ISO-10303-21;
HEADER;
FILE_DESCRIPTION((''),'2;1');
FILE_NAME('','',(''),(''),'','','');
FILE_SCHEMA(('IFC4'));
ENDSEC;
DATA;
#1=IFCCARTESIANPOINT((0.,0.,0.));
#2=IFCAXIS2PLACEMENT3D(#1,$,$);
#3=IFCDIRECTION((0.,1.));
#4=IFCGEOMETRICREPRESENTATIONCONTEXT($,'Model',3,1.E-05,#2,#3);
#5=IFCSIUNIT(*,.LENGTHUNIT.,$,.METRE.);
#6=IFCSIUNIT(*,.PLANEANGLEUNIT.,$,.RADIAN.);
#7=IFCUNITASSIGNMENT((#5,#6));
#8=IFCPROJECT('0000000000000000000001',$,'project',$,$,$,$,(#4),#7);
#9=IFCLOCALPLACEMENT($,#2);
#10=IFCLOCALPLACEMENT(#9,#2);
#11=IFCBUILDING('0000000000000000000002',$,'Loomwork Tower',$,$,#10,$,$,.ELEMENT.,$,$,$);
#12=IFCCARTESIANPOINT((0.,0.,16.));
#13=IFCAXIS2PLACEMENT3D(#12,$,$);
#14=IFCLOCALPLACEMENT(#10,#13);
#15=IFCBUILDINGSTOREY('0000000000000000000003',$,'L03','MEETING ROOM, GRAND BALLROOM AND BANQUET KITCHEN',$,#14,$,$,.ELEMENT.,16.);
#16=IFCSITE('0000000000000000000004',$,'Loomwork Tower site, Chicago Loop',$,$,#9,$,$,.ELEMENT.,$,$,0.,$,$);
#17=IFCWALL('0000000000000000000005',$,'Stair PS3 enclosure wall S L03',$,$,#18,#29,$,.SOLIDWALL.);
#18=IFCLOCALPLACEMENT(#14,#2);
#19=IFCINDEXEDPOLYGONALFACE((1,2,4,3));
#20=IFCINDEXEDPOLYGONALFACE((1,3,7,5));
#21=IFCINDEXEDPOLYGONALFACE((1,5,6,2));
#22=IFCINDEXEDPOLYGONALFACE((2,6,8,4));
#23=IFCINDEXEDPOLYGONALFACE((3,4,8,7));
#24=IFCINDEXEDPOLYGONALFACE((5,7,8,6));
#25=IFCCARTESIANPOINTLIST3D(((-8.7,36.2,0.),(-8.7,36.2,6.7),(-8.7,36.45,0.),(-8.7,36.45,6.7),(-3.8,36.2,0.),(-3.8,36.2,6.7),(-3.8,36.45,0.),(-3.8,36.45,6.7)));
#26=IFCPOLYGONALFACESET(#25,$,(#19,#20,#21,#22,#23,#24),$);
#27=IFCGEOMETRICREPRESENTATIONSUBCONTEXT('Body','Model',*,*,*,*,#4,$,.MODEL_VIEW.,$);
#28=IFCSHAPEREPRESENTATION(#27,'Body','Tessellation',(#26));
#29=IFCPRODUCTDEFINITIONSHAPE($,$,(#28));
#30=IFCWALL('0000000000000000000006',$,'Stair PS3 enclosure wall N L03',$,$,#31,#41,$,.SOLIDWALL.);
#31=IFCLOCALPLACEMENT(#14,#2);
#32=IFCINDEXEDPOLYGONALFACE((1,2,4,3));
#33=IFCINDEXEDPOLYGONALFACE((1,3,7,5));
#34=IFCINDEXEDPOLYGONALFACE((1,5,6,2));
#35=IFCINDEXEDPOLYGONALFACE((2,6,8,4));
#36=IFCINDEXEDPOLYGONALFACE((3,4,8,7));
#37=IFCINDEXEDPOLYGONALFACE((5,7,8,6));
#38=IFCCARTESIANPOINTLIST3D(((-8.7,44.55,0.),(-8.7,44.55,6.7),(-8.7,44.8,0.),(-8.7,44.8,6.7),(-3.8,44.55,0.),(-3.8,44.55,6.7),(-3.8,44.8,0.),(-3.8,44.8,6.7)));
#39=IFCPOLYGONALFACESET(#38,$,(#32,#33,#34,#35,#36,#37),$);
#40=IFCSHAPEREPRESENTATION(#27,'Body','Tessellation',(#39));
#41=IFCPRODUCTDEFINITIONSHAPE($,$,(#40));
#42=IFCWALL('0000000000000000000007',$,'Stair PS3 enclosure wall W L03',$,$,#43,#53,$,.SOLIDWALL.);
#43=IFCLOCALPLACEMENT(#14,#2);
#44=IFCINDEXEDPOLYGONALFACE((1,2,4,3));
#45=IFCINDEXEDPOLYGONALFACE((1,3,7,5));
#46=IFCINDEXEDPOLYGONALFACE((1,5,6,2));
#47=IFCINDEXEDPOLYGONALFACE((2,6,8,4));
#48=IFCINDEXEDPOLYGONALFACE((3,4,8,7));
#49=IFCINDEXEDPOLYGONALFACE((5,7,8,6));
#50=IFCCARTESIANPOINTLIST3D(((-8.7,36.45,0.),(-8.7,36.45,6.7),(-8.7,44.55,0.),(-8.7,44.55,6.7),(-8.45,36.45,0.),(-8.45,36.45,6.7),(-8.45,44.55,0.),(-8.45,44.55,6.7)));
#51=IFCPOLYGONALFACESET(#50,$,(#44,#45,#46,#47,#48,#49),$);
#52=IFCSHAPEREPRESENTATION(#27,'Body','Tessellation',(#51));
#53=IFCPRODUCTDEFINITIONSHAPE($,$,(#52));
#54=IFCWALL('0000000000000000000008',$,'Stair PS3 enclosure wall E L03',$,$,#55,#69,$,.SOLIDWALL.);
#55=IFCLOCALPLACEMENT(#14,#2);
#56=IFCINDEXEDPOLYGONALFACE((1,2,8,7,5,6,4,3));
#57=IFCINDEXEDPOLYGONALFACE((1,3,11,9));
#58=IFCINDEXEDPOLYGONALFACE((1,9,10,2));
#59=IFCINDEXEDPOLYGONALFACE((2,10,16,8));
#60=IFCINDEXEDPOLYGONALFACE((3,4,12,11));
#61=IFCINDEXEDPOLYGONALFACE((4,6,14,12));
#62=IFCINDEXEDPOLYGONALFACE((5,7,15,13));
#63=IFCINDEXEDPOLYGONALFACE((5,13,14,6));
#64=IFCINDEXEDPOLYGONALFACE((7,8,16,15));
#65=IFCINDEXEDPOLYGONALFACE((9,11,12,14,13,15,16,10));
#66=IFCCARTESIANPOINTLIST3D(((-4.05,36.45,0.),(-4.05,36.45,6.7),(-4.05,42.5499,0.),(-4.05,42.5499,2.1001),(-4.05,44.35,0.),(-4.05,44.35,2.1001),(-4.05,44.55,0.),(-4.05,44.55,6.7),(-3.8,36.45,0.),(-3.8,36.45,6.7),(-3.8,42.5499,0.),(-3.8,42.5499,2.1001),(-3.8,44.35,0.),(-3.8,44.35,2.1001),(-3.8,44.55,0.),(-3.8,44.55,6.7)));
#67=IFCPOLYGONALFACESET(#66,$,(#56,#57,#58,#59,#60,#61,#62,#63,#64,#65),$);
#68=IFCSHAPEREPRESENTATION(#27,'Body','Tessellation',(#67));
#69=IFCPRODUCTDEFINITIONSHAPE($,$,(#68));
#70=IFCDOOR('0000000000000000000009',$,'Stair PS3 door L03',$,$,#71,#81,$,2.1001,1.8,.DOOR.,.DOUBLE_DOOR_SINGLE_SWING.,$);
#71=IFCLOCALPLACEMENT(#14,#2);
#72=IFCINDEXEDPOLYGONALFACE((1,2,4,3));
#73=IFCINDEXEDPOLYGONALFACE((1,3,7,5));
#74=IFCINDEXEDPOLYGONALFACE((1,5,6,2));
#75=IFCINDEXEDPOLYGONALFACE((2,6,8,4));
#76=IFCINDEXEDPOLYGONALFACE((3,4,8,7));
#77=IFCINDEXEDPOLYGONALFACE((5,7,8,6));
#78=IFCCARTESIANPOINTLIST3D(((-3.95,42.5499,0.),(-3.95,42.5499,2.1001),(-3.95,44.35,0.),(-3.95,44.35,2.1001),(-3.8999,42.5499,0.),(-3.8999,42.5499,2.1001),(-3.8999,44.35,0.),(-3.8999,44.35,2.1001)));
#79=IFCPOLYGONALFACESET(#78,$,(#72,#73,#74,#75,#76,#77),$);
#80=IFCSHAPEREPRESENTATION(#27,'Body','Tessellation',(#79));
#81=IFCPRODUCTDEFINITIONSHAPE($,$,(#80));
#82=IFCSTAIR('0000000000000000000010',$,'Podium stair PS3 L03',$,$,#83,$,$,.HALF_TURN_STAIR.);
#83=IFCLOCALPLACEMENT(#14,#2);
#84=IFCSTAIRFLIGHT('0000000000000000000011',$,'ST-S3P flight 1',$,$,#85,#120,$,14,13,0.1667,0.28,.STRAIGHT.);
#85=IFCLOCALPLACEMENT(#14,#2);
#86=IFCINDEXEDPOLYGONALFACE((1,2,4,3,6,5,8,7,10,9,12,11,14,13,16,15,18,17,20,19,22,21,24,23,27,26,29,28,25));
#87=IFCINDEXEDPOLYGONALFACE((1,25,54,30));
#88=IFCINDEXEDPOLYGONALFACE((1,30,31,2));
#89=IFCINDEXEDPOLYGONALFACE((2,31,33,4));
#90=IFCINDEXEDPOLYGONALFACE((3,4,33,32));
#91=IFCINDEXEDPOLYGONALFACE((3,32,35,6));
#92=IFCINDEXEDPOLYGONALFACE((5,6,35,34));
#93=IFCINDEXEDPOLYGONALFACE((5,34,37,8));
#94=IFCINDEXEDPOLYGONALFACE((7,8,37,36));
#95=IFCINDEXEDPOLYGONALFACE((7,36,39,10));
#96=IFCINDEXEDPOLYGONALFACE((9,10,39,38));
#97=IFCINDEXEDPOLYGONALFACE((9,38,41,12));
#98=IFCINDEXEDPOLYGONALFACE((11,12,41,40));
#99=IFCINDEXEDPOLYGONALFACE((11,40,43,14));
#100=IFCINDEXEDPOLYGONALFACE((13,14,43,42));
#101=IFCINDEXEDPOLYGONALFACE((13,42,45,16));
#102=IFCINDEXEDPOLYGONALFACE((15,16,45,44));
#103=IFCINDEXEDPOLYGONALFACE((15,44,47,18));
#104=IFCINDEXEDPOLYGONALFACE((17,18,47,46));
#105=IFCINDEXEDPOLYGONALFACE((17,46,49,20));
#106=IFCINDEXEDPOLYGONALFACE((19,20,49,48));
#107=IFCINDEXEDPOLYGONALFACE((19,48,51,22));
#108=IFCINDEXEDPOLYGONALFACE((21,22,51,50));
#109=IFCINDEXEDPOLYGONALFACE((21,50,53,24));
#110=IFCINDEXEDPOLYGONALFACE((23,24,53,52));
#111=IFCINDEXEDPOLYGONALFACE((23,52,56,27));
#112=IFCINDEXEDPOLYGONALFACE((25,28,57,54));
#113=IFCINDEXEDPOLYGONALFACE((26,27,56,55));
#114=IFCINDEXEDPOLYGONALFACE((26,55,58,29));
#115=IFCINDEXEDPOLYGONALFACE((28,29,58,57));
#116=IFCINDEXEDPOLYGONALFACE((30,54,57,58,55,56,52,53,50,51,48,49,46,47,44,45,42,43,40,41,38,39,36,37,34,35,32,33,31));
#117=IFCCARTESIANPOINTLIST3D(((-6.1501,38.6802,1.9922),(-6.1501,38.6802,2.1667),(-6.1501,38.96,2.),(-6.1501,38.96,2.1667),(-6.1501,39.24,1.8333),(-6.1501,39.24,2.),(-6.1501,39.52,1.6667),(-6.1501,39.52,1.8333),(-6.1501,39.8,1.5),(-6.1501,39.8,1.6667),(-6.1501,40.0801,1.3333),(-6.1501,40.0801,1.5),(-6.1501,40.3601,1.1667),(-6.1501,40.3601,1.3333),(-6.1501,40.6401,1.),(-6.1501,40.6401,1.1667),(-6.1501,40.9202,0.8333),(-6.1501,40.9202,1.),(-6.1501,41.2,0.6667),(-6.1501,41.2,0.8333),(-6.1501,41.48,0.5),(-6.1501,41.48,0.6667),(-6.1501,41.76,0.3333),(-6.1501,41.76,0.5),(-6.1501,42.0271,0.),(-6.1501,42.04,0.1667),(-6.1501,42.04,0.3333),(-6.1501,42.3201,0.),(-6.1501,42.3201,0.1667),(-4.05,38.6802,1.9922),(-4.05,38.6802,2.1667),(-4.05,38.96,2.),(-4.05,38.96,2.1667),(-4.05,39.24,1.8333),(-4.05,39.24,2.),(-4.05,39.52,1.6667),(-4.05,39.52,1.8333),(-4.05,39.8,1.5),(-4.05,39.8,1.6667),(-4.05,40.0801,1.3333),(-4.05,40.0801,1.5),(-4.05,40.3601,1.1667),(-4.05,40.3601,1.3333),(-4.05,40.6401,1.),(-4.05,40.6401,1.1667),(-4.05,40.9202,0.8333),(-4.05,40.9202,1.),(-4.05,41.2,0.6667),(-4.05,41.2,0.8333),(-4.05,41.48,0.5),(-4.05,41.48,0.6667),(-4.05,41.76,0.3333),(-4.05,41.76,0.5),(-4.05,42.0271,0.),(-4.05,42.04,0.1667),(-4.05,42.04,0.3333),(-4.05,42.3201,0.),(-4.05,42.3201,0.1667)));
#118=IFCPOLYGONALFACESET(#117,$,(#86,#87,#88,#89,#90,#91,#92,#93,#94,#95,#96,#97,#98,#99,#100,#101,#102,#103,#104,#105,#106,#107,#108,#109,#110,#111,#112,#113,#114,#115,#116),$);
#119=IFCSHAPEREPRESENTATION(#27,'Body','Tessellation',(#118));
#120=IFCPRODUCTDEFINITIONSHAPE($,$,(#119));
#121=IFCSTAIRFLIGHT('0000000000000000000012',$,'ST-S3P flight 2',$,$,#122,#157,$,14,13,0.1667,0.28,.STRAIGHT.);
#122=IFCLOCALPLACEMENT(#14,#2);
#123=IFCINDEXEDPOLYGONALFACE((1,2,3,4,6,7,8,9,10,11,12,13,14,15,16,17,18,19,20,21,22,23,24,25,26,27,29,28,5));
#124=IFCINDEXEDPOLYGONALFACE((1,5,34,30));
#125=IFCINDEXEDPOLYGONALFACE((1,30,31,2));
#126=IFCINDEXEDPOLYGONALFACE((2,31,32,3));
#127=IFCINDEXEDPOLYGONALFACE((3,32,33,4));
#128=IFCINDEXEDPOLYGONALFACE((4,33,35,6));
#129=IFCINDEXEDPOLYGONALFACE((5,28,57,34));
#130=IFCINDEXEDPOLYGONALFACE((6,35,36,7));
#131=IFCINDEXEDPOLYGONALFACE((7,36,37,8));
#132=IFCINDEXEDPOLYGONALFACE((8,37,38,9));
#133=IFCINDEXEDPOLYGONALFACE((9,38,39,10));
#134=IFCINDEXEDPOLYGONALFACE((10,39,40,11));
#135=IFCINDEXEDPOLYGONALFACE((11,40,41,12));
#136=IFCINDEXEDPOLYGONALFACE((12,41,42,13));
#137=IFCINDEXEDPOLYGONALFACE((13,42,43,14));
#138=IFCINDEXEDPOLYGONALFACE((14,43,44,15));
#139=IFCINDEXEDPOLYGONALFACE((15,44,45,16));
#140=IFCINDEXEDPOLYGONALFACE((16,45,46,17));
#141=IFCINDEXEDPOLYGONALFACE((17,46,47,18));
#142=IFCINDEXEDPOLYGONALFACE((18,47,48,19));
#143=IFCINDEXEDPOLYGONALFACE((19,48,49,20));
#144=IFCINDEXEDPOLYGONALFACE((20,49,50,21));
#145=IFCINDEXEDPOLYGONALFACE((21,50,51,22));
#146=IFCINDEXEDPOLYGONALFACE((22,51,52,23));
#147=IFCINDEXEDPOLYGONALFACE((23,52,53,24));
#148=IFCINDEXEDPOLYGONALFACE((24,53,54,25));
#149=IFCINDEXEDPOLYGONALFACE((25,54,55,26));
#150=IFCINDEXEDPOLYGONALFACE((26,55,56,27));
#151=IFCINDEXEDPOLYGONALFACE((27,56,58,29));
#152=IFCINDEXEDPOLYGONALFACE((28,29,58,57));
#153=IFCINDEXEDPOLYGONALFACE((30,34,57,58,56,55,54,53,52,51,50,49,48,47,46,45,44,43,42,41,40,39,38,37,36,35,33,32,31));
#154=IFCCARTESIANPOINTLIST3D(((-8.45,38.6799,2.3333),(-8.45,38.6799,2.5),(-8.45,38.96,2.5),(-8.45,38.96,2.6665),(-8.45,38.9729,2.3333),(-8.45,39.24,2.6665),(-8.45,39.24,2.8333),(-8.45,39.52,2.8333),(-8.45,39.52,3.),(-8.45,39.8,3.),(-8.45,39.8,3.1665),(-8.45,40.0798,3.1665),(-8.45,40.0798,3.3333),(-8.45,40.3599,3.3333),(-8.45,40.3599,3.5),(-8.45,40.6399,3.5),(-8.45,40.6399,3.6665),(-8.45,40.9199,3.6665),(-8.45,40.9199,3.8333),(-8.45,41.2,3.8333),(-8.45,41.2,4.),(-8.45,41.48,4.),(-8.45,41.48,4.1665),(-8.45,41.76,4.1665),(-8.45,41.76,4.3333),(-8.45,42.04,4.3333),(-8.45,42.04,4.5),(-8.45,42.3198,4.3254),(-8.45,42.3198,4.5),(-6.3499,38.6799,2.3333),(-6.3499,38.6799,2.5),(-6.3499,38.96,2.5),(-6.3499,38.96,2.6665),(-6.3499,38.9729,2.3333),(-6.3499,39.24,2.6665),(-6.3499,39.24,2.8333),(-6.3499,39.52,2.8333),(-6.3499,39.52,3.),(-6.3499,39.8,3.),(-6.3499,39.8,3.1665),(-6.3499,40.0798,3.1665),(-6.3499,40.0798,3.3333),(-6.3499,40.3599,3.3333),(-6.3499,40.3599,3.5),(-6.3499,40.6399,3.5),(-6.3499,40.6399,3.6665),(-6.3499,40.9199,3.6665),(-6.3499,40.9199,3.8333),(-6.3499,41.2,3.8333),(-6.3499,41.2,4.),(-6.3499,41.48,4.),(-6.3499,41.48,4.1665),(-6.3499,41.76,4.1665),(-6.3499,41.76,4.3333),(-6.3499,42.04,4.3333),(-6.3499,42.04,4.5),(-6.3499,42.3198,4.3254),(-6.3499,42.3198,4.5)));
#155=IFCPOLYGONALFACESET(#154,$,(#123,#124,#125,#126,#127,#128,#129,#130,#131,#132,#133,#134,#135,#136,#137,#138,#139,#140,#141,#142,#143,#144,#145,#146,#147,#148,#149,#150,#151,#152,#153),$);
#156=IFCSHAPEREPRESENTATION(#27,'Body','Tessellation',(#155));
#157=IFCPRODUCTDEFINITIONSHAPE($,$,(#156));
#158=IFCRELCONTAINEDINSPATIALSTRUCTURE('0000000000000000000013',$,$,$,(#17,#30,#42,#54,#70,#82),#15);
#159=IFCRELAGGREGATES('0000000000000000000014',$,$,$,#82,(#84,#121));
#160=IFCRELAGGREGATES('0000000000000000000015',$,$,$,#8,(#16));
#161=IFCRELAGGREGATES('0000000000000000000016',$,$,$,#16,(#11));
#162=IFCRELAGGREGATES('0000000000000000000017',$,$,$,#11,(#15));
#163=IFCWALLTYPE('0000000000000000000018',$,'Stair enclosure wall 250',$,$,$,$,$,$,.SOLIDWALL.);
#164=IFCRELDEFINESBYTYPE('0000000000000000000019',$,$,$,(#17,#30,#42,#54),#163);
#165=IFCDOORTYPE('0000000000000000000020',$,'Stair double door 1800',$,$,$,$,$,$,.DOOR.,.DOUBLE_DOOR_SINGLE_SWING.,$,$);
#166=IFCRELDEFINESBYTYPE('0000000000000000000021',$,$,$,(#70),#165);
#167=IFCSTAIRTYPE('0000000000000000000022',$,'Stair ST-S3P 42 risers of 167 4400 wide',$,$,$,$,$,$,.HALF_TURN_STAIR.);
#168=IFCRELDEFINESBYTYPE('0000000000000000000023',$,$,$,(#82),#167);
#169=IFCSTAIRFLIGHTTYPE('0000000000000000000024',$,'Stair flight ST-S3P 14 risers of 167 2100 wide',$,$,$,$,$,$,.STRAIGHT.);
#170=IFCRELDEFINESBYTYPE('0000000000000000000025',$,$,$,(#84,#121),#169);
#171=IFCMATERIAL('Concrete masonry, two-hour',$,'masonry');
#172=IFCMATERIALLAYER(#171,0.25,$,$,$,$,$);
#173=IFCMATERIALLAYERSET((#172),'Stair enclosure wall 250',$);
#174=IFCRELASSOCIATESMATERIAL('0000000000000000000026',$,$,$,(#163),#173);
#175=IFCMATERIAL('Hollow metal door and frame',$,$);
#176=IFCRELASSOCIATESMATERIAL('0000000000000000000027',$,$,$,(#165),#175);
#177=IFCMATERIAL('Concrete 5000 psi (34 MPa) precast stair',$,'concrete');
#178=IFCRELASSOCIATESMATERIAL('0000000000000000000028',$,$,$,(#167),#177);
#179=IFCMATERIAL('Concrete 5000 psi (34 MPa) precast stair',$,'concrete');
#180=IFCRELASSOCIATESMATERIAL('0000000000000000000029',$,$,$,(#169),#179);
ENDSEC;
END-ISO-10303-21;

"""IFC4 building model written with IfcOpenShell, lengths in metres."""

from ifc_helpers import new_model, si_unit, direction, frame, frame_2d, origin, place, context, subcontext, project, spatial, polyline, rectangle, outline, extrude, material, layer, layer_set, type_object, element, fill, aggregate, save


model = new_model("IFC4")

# Units and contexts
model_context = context("Model", 3, precision=1e-05, world=origin(), true_north=direction((0.0, 1.0)))
body_context = subcontext(model_context, "Body", "Model", "MODEL_VIEW")
ifc_project = project(units=[si_unit("LENGTHUNIT", "METRE"), si_unit("PLANEANGLEUNIT", "RADIAN")], contexts=[model_context])

# Site, building, storey
site_placement = place(None, origin())
site = spatial("IfcSite", under=ifc_project, at=site_placement, Name="Loomwork Tower site, Chicago Loop", CompositionType="ELEMENT", RefElevation=0.0)
building_placement = place(site_placement, origin())
building = spatial("IfcBuilding", under=site, at=building_placement, Name="Loomwork Tower", CompositionType="ELEMENT")
storey_placement = place(building_placement, frame((0.0, 0.0, 16.0)))
storey = spatial("IfcBuildingStorey", under=building, at=storey_placement, Name="L03", Description="MEETING ROOM, GRAND BALLROOM AND BANQUET KITCHEN", CompositionType="ELEMENT", Elevation=16.0)

# Walls
ifc_material_1 = material(Name="Concrete masonry, two-hour", Category="masonry")
ifc_layer_1 = layer(ifc_material_1, 0.25)
ifc_layer_set_1 = layer_set([ifc_layer_1], Name="Stair enclosure wall 250")
wall_type_1 = type_object("IfcWallType", Name="Stair enclosure wall 250", PredefinedType="SOLIDWALL", material=ifc_layer_set_1)
for number, where, z_axis, x_axis, name in (
    (1, (-8.7, 36.325, 0.0), (0.0, 0.0, 1.0), (1.0, 0.0, 0.0), "Stair PS3 enclosure wall S L03"),
    (2, (-8.7, 44.675, 0.0), (0.0, 0.0, 1.0), (1.0, 0.0, 0.0), "Stair PS3 enclosure wall N L03"),
):
    element("IfcWall", number, at=place(storey_placement, frame(where, z_axis=z_axis, x_axis=x_axis)), inside=storey, type_object=wall_type_1, Name=name, PredefinedType="SOLIDWALL", context=body_context, shape_type="SweptSolid", body=[
        extrude(rectangle(XDim=4.8999, YDim=0.25, at=frame_2d((2.45, 0.0))), origin(), (0.0, 0.0, 1.0), 6.7),
    ])
wall_1_placement = place(storey_placement, frame((-8.575, 36.45, 0.0), z_axis=(0.0, 0.0, 1.0), x_axis=(0.0, 1.0, 0.0)))
element("IfcWall", 3, at=wall_1_placement, inside=storey, type_object=wall_type_1, Name="Stair PS3 enclosure wall W L03", PredefinedType="SOLIDWALL", context=body_context, shape_type="SweptSolid", body=[
    extrude(rectangle(XDim=8.1001, YDim=0.25, at=frame_2d((4.05, 0.0))), origin(), (0.0, 0.0, 1.0), 6.7),
])

# Wall, opening, door
wall_2_placement = place(storey_placement, frame((-3.925, 36.45, 0.0), z_axis=(0.0, 0.0, 1.0), x_axis=(0.0, 1.0, 0.0)))
wall_2 = element("IfcWall", 4, at=wall_2_placement, inside=storey, type_object=wall_type_1, Name="Stair PS3 enclosure wall E L03", PredefinedType="SOLIDWALL", context=body_context, shape_type="SweptSolid", body=[
    extrude(rectangle(XDim=8.1001, YDim=0.25, at=frame_2d((4.05, 0.0))), origin(), (0.0, 0.0, 1.0), 6.7),
])
opening_1_placement = place(wall_2_placement, frame((6.1001, 0.0, 0.0)))
opening_1 = element("IfcOpeningElement", 5, at=opening_1_placement, cuts=wall_2, PredefinedType="OPENING", context=body_context, shape_type="SweptSolid", body=[
    extrude(rectangle(XDim=1.8, YDim=2.1001, at=frame_2d((0.8999, 1.05))), frame((0.0, 0.135, 0.0), z_axis=(0.0, -1.0, 0.0), x_axis=(1.0, 0.0, 0.0)), (0.0, 0.0, 1.0), 0.27),
])
ifc_material_2 = material(Name="Hollow metal door and frame")
door_type = type_object("IfcDoorType", Name="Stair double door 1800", OperationType="DOUBLE_DOOR_SINGLE_SWING", PredefinedType="DOOR", material=ifc_material_2)
door_placement = place(opening_1_placement, origin())
door = element("IfcDoor", 6, at=door_placement, inside=storey, type_object=door_type, Name="Stair PS3 door L03", OperationType="DOUBLE_DOOR_SINGLE_SWING", OverallHeight=2.1001, OverallWidth=1.8, PredefinedType="DOOR", context=body_context, shape_type="SweptSolid", body=[
    extrude(rectangle(XDim=1.8, YDim=2.1001, at=frame_2d((0.8999, 1.05))), frame((0.0, 0.0249, 0.0), z_axis=(0.0, -1.0, 0.0), x_axis=(1.0, 0.0, 0.0)), (0.0, 0.0, 1.0), 0.05),
])
fill(opening_1, door)

# Stair, stair flights
ifc_material_3 = material(Name="Concrete 5000 psi (34 MPa) precast stair", Category="concrete")
stair_type = type_object("IfcStairType", Name="Stair ST-S3P 42 risers of 167 4400 wide", PredefinedType="HALF_TURN_STAIR", material=ifc_material_3)
stair_placement = place(storey_placement, origin())
stair = element("IfcStair", 7, at=stair_placement, inside=storey, type_object=stair_type, Name="Podium stair PS3 L03", PredefinedType="HALF_TURN_STAIR")
ifc_material_4 = material(Name="Concrete 5000 psi (34 MPa) precast stair", Category="concrete")
stair_flight_type = type_object("IfcStairFlightType", Name="Stair flight ST-S3P 14 risers of 167 2100 wide", PredefinedType="STRAIGHT", material=ifc_material_4)
stair_flight_1_placement = place(storey_placement, frame((-5.1001, 42.3201, 0.0), z_axis=(0.0, 0.0, 1.0), x_axis=(0.0, -1.0, 0.0)))
stair_flight_1 = element("IfcStairFlight", 8, at=stair_flight_1_placement, type_object=stair_flight_type, Name="ST-S3P flight 1", NumberOfRisers=14, NumberOfTreads=13, PredefinedType="STRAIGHT", RiserHeight=0.1667, TreadLength=0.28, context=body_context, shape_type="SweptSolid", body=[
    extrude(outline(polyline([(0.0, 0.0), (0.0, 0.1667), (0.28, 0.1667), (0.28, 0.3333), (0.5601, 0.3333), (0.5601, 0.5), (0.8401, 0.5), (0.8401, 0.6667), (1.1201, 0.6667), (1.1201, 0.8333), (1.3999, 0.8333), (1.3999, 1.0), (1.6799, 1.0), (1.6799, 1.1667), (1.96, 1.1667), (1.96, 1.3333), (2.24, 1.3333), (2.24, 1.5), (2.52, 1.5), (2.52, 1.6667), (2.8, 1.6667), (2.8, 1.8333), (3.0801, 1.8333), (3.0801, 2.0), (3.3601, 2.0), (3.3601, 2.1667), (3.6399, 2.1667), (3.6399, 2.3333), (3.6399, 1.9922), (0.293, 0.0), (0.0, 0.0)])), frame((0.0, 1.05, 0.0), z_axis=(0.0, -1.0, 0.0), x_axis=(1.0, 0.0, 0.0)), (0.0, 0.0, 1.0), 2.1001),
])
stair_flight_2_placement = place(storey_placement, frame((-7.3999, 38.6799, 2.3333), z_axis=(0.0, 0.0, 1.0), x_axis=(0.0, 1.0, 0.0)))
stair_flight_2 = element("IfcStairFlight", 9, at=stair_flight_2_placement, type_object=stair_flight_type, Name="ST-S3P flight 2", NumberOfRisers=14, NumberOfTreads=13, PredefinedType="STRAIGHT", RiserHeight=0.1667, TreadLength=0.28, context=body_context, shape_type="SweptSolid", body=[
    extrude(outline(polyline([(0.0, 0.0), (0.0, 0.1667), (0.28, 0.1667), (0.28, 0.3333), (0.5601, 0.3333), (0.5601, 0.5), (0.8401, 0.5), (0.8401, 0.6667), (1.1201, 0.6667), (1.1201, 0.8333), (1.3999, 0.8333), (1.3999, 1.0), (1.6799, 1.0), (1.6799, 1.1667), (1.96, 1.1667), (1.96, 1.3333), (2.24, 1.3333), (2.24, 1.5), (2.52, 1.5), (2.52, 1.6667), (2.8, 1.6667), (2.8, 1.8333), (3.0801, 1.8333), (3.0801, 2.0), (3.3601, 2.0), (3.3601, 2.1667), (3.6399, 2.1667), (3.6399, 2.3333), (3.6399, 1.9922), (0.293, 0.0), (0.0, 0.0)])), frame((0.0, 1.05, 0.0), z_axis=(0.0, -1.0, 0.0), x_axis=(1.0, 0.0, 0.0)), (0.0, 0.0, 1.0), 2.1001),
])
aggregate(stair, [stair_flight_1, stair_flight_2])

save(model, "model.ifc")
